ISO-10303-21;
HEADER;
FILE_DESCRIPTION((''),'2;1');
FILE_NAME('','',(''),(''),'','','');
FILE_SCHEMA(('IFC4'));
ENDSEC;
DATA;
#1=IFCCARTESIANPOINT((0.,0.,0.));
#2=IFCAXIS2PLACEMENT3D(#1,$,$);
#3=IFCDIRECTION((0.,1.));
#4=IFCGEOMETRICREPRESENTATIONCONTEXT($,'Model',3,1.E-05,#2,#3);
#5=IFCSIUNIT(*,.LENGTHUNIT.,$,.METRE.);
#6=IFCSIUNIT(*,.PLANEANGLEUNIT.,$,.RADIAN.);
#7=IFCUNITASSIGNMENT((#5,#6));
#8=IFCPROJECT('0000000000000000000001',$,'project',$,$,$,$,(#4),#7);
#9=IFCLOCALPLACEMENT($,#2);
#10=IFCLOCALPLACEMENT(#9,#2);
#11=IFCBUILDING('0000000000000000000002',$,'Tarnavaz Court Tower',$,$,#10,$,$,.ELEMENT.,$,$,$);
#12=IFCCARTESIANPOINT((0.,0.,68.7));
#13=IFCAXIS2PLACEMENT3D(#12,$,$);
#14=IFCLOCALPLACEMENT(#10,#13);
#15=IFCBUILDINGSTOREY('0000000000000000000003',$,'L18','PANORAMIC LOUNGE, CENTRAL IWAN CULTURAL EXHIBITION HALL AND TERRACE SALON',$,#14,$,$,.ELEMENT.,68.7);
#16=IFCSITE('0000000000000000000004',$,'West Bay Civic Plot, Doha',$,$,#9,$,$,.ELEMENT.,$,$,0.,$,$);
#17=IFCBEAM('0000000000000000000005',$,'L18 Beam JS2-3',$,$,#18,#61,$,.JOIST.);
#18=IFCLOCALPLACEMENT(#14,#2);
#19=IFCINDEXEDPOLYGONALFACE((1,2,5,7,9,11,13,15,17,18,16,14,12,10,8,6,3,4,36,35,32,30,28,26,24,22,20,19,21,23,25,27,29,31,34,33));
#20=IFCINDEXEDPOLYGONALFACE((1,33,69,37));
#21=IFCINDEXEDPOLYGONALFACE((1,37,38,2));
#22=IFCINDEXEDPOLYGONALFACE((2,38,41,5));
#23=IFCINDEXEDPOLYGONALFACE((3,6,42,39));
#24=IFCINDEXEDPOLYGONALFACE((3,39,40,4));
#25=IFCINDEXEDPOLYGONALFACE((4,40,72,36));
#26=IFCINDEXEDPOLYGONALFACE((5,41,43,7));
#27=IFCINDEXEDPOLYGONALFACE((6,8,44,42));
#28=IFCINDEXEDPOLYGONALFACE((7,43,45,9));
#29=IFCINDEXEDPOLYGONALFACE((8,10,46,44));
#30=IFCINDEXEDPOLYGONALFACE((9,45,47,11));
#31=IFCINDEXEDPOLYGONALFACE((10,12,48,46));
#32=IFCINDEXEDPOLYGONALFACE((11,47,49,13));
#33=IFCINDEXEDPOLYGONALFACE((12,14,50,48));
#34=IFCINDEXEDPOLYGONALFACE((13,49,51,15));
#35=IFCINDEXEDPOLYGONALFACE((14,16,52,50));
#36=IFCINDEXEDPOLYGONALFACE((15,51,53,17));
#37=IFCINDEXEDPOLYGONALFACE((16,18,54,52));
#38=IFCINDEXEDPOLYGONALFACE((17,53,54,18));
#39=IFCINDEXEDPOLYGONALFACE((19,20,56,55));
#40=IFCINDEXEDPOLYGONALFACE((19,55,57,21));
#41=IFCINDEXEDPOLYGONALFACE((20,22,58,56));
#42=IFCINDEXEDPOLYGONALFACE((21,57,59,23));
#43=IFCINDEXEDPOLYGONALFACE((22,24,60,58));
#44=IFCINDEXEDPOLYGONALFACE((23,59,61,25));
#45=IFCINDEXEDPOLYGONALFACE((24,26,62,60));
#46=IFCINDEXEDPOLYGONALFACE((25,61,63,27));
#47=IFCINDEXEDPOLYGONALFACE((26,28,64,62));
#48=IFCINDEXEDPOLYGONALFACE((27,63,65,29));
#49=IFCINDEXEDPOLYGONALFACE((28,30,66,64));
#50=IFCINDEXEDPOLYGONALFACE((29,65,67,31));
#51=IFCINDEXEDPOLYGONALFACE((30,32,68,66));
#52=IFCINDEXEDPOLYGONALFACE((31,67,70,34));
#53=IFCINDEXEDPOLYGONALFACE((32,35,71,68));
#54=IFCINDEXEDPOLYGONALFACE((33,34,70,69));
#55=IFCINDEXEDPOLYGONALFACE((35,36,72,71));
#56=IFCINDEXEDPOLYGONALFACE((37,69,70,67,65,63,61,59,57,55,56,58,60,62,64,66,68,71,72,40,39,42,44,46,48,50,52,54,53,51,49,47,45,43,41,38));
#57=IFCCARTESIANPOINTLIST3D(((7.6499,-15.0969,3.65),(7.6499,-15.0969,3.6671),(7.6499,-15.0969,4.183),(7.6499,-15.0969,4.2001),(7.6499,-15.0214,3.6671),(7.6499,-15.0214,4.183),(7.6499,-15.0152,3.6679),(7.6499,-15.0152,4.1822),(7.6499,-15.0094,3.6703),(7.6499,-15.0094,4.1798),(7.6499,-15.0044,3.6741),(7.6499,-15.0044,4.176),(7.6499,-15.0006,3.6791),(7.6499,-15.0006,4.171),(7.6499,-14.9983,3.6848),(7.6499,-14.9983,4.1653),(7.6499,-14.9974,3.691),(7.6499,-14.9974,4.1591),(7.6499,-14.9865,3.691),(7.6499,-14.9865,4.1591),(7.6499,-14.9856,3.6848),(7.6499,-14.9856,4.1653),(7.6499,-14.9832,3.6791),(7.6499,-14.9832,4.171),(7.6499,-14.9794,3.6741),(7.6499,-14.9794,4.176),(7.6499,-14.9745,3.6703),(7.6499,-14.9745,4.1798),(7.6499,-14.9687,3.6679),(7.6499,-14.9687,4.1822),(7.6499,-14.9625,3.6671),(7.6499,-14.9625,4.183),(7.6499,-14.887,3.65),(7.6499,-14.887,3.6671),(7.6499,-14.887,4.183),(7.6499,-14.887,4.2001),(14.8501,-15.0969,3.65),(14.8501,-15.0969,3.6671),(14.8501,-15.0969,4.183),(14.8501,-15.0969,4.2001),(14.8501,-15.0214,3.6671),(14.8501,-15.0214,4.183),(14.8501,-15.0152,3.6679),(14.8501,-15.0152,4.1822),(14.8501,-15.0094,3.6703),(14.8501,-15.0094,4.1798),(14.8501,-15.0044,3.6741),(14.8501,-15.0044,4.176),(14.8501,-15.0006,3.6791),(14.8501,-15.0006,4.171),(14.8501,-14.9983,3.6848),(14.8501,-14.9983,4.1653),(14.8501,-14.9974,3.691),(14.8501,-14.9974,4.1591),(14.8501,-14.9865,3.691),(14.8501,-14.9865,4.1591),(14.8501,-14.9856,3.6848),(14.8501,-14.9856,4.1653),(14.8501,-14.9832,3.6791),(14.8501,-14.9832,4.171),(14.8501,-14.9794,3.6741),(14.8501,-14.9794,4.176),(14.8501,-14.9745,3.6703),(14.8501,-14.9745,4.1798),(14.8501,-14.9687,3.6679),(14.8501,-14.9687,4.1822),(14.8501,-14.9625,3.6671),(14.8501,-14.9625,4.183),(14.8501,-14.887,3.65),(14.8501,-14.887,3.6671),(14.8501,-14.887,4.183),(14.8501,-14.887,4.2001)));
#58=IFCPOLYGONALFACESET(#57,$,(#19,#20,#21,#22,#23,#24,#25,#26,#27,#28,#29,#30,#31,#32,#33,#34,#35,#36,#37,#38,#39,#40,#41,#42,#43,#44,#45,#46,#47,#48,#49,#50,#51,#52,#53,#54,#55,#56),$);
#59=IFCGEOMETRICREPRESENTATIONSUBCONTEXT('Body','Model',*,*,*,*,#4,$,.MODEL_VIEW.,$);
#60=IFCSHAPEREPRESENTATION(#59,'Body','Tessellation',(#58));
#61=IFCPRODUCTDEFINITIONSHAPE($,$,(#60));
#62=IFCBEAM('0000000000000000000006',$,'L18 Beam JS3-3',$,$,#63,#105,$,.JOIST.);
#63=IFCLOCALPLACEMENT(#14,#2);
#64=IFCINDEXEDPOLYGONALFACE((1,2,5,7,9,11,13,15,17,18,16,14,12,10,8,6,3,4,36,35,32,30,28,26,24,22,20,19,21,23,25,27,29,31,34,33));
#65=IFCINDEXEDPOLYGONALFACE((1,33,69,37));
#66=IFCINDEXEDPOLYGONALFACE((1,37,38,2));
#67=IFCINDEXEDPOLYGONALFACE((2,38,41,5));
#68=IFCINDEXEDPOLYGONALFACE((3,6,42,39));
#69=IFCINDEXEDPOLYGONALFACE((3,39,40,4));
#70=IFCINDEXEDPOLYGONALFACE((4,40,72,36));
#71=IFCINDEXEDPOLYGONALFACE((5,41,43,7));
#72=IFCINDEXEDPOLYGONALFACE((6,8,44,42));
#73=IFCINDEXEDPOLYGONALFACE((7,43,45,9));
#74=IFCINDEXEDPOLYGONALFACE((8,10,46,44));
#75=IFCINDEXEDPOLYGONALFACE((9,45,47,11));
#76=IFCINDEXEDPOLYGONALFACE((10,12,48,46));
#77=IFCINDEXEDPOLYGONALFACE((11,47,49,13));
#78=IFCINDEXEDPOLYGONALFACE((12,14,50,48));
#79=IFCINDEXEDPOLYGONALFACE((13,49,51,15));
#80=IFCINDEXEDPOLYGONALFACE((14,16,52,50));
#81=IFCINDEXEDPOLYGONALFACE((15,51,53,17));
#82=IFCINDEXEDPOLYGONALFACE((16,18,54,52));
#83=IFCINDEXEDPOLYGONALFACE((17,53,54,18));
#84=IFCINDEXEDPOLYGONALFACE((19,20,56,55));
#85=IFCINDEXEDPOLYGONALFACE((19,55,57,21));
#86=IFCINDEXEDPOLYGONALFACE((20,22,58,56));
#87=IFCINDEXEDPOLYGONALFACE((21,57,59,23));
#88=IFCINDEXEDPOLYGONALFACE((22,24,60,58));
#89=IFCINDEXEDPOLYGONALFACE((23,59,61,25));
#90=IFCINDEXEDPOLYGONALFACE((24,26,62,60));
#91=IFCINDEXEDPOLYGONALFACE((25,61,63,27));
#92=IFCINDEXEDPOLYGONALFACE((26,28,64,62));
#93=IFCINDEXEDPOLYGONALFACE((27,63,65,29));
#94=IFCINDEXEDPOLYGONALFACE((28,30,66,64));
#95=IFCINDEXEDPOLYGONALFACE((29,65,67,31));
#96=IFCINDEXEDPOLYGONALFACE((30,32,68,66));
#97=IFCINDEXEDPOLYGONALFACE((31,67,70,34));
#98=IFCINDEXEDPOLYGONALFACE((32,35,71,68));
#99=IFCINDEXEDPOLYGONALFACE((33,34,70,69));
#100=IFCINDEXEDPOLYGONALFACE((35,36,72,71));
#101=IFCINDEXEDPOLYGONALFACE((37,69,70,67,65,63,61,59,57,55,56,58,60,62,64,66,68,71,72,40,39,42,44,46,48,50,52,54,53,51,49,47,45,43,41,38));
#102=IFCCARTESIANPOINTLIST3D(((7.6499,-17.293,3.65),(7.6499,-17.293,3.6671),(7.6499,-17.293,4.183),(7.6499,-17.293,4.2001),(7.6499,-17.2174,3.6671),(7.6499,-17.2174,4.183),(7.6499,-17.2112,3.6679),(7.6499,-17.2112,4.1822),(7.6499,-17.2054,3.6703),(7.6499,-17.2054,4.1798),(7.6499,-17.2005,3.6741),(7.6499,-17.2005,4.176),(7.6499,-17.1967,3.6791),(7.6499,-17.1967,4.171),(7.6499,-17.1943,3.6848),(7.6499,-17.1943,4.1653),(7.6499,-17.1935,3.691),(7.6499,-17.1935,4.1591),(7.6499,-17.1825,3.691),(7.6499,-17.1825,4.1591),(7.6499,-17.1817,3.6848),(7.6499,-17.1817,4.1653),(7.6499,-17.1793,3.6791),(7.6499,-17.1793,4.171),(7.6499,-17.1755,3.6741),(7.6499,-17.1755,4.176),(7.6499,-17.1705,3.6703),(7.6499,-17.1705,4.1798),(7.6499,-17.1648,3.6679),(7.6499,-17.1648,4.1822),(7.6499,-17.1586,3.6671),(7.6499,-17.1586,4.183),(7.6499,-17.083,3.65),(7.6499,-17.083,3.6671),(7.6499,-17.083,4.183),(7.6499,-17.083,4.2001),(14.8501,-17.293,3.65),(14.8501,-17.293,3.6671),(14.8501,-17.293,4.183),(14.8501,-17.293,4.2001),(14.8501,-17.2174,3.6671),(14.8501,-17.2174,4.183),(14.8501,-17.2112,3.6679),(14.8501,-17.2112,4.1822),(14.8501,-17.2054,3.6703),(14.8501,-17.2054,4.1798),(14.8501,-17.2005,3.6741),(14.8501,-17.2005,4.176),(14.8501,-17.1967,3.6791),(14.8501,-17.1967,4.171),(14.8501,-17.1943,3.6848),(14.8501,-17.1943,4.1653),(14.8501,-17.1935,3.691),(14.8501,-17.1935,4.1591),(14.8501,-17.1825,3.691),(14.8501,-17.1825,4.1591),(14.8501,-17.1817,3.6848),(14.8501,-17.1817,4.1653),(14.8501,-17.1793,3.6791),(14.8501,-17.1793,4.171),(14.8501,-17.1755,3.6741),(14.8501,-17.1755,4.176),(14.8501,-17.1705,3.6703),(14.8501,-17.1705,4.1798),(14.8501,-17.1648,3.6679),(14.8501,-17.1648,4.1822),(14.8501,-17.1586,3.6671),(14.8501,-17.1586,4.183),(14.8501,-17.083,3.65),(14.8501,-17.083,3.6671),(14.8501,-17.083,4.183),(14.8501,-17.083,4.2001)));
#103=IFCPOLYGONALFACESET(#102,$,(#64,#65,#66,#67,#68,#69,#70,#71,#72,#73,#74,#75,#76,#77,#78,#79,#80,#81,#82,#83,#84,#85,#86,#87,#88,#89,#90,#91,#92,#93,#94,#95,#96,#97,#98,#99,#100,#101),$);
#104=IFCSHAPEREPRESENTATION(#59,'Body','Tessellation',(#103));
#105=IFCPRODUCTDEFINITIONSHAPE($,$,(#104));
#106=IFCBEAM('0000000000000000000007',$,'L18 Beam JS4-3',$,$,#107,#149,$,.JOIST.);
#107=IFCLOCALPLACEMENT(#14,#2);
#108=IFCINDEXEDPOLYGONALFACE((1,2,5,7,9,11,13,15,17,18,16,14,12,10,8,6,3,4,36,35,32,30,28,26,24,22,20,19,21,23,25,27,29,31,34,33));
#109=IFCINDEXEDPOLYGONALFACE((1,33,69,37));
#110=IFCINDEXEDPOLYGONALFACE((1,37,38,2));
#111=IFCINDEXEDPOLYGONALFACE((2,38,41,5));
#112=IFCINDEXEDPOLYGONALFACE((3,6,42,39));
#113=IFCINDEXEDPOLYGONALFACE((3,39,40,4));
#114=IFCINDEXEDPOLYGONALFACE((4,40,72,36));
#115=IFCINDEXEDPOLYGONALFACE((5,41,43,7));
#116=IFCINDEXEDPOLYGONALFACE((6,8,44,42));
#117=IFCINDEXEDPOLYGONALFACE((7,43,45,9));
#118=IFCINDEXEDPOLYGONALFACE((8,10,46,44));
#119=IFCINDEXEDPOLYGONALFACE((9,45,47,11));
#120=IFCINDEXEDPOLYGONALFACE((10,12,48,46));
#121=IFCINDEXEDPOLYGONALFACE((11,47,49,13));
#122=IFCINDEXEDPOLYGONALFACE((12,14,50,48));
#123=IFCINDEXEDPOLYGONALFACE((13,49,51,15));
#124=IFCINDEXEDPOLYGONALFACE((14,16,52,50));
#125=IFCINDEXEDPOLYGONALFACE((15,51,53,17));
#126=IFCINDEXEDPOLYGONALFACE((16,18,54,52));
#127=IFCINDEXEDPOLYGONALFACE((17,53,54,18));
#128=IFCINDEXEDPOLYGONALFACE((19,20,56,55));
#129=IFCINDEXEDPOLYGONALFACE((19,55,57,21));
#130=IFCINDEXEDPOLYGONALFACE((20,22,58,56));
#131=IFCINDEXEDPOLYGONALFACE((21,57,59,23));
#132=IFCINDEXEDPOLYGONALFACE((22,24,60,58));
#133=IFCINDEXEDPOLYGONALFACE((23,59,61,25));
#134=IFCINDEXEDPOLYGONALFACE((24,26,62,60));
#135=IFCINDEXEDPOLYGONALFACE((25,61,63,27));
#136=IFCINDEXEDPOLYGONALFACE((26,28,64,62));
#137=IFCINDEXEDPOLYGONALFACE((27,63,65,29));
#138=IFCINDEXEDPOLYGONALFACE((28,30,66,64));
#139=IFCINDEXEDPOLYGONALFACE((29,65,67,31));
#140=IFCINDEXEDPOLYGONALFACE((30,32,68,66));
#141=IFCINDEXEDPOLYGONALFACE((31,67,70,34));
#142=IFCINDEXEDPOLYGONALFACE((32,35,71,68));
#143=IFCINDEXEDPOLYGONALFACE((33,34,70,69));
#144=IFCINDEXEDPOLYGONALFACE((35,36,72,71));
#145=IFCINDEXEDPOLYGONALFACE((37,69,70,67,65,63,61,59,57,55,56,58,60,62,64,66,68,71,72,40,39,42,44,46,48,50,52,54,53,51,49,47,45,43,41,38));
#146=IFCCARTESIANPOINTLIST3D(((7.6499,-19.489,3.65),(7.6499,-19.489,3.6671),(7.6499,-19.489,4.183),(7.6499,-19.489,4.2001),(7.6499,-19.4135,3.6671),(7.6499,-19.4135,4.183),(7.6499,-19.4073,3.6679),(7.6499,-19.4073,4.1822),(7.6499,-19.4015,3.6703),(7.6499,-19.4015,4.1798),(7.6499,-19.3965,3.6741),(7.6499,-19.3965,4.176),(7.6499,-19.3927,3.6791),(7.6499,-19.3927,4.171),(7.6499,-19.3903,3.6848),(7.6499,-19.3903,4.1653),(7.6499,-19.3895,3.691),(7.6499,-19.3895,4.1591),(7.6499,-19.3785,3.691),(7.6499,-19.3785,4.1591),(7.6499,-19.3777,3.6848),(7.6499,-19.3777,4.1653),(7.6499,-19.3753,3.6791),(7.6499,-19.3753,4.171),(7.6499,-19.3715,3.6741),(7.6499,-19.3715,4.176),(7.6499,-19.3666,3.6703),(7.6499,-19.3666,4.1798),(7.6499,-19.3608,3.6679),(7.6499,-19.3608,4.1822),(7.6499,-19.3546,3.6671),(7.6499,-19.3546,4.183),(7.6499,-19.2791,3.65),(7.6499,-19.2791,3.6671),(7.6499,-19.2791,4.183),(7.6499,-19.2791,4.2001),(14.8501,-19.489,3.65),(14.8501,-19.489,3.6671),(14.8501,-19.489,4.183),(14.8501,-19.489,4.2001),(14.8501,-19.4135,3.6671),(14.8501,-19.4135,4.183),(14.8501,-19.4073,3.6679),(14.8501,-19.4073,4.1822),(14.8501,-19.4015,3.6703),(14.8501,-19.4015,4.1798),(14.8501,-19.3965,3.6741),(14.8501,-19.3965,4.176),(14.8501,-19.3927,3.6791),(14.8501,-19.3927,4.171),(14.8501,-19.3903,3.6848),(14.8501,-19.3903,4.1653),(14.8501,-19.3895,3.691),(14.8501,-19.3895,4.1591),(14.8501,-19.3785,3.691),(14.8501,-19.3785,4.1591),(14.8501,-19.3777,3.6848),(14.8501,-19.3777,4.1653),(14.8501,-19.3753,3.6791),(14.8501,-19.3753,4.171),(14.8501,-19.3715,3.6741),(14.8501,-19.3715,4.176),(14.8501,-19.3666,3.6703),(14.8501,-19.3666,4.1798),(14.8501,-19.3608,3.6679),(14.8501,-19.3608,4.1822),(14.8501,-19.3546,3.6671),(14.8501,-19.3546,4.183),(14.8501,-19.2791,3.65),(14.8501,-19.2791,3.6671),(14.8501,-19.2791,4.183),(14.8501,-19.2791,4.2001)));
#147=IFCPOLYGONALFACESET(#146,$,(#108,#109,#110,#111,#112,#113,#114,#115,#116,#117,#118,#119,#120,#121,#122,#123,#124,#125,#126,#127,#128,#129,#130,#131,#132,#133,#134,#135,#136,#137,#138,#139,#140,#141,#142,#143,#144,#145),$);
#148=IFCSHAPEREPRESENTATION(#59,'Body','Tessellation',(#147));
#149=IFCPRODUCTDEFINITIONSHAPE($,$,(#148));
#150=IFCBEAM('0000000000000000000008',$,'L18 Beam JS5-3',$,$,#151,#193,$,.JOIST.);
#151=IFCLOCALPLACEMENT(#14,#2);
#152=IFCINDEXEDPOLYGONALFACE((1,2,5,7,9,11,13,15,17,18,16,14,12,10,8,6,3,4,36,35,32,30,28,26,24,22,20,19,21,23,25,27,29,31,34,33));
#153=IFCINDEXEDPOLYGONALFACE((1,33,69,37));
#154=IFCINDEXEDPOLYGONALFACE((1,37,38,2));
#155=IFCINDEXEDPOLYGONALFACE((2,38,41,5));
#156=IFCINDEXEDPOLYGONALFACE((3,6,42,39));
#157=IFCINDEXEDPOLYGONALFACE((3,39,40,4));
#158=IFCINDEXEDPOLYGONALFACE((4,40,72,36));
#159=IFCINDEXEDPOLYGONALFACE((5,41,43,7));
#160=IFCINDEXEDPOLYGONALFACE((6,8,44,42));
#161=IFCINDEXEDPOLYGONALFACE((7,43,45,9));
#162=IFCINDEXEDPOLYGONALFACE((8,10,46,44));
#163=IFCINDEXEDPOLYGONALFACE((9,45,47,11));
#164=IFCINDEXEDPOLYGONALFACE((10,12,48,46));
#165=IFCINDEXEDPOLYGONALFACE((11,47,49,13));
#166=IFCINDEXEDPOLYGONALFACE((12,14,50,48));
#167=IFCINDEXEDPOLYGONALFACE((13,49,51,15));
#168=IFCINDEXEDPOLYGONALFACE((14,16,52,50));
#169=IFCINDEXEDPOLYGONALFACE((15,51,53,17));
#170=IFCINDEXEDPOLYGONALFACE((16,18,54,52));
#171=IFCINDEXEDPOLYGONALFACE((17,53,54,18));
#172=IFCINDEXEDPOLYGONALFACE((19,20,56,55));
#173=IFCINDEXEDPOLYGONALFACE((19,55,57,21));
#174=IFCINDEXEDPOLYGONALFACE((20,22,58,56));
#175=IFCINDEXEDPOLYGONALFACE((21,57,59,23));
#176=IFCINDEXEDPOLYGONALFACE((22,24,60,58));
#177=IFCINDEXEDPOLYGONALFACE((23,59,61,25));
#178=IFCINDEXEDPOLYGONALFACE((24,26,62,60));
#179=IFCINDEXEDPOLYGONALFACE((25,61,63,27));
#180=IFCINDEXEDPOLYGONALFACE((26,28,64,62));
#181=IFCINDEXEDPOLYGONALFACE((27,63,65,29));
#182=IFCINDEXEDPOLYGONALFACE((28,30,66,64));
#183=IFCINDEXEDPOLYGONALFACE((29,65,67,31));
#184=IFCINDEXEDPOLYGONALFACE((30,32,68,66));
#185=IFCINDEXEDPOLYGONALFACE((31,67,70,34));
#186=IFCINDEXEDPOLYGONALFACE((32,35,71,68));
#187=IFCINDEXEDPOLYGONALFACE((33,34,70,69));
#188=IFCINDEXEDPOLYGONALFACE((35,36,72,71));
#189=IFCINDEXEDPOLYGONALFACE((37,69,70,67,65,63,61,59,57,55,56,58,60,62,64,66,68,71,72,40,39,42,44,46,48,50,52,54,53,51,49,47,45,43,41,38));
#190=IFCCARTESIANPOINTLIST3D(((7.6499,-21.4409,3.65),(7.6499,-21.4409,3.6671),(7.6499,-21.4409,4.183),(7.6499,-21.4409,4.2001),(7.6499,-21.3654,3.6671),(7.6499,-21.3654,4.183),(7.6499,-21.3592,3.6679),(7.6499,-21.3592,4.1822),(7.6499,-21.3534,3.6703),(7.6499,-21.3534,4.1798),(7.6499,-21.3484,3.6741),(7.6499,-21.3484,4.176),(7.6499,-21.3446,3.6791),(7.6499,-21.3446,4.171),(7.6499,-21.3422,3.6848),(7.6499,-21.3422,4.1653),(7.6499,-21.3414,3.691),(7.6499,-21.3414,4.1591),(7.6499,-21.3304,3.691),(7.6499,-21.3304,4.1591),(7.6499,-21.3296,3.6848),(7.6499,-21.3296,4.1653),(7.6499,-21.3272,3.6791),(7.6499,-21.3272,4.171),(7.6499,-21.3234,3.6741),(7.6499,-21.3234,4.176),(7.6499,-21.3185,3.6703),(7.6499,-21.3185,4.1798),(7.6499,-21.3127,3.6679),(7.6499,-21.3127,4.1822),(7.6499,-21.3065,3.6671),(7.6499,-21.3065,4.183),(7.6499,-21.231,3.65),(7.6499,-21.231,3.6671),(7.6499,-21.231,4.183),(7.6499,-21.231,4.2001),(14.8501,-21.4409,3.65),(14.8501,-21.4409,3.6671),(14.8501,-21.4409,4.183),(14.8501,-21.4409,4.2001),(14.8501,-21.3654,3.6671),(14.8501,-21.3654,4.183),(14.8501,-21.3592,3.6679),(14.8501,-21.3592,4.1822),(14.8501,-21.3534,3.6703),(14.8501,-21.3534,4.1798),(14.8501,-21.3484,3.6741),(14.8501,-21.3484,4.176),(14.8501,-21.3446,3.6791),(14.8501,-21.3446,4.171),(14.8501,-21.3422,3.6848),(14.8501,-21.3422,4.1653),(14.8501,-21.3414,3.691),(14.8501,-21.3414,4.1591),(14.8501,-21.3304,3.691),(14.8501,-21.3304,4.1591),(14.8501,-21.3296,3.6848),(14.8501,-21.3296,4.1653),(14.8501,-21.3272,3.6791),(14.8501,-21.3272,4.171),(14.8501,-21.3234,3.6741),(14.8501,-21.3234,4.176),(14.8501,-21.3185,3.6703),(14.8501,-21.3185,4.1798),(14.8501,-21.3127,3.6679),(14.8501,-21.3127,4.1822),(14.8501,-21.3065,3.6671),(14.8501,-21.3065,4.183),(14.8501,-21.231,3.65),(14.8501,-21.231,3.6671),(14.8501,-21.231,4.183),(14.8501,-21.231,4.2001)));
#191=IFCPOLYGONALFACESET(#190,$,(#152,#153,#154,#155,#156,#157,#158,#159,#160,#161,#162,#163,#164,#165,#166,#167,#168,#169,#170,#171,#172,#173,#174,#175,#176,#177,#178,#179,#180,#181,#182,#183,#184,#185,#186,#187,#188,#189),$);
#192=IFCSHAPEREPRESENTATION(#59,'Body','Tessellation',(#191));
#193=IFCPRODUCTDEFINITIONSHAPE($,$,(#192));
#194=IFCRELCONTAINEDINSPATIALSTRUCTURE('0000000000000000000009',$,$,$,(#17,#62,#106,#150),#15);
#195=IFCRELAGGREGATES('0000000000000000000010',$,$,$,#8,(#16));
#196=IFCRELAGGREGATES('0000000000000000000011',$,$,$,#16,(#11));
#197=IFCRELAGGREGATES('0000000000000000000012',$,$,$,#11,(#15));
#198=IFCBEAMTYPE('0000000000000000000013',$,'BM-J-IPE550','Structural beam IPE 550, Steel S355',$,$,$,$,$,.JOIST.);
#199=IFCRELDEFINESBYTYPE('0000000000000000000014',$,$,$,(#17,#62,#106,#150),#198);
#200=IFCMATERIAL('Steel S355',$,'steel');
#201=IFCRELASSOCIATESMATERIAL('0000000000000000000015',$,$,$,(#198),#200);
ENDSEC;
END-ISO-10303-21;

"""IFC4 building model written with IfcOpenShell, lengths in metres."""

from ifc_helpers import new_model, si_unit, direction, frame, origin, origin_2d, place, context, subcontext, project, spatial, i_section, extrude, material, material_profile, profile_set, type_object, element, save


model = new_model("IFC4")

# Units and contexts
model_context = context("Model", 3, precision=1e-05, world=origin(), true_north=direction((0.0, 1.0)))
body_context = subcontext(model_context, "Body", "Model", "MODEL_VIEW")
ifc_project = project(units=[si_unit("LENGTHUNIT", "METRE"), si_unit("PLANEANGLEUNIT", "RADIAN")], contexts=[model_context])

# Site, building, storey
site_placement = place(None, origin())
site = spatial("IfcSite", under=ifc_project, at=site_placement, Name="West Bay Civic Plot, Doha", CompositionType="ELEMENT", RefElevation=0.0)
building_placement = place(site_placement, origin())
building = spatial("IfcBuilding", under=site, at=building_placement, Name="Tarnavaz Court Tower", CompositionType="ELEMENT")
storey_placement = place(building_placement, frame((0.0, 0.0, 68.7)))
storey = spatial("IfcBuildingStorey", under=building, at=storey_placement, Name="L18", Description="PANORAMIC LOUNGE, CENTRAL IWAN CULTURAL EXHIBITION HALL AND TERRACE SALON", CompositionType="ELEMENT", Elevation=68.7)

# Beams
ifc_material_1 = material(Name="Steel S355", Category="steel")
ifc_material_profile_1 = material_profile(ifc_material_1, i_section(OverallWidth=0.21, OverallDepth=0.55, WebThickness=0.011, FlangeThickness=0.0171, FilletRadius=0.0239, at=origin_2d()), Name="IPE 550")
ifc_profile_set_1 = profile_set([ifc_material_profile_1], Name="Steel S355")
beam_type_1 = type_object("IfcBeamType", Name="BM-J-IPE550", Description="Structural beam IPE 550, Steel S355", PredefinedType="JOIST", material=ifc_profile_set_1)
for number, where, z_axis, x_axis, name in (
    (1, (7.6499, -14.9919, 3.925), (1.0, 0.0, 0.0), (0.0, 1.0, 0.0), "L18 Beam JS2-3"),
    (2, (7.6499, -17.188, 3.925), (1.0, 0.0, 0.0), (0.0, 1.0, 0.0), "L18 Beam JS3-3"),
    (3, (7.6499, -19.384, 3.925), (1.0, 0.0, 0.0), (0.0, 1.0, 0.0), "L18 Beam JS4-3"),
    (4, (7.6499, -21.3359, 3.925), (1.0, 0.0, 0.0), (0.0, 1.0, 0.0), "L18 Beam JS5-3"),
):
    element("IfcBeam", number, at=place(storey_placement, frame(where, z_axis=z_axis, x_axis=x_axis)), inside=storey, type_object=beam_type_1, Name=name, PredefinedType="JOIST", context=body_context, shape_type="SweptSolid", body=[
        extrude(i_section(OverallWidth=0.21, OverallDepth=0.55, WebThickness=0.011, FlangeThickness=0.0171, FilletRadius=0.0239, at=origin_2d()), origin(), (0.0, 0.0, 1.0), 7.2002),
    ])

save(model, "model.ifc")
